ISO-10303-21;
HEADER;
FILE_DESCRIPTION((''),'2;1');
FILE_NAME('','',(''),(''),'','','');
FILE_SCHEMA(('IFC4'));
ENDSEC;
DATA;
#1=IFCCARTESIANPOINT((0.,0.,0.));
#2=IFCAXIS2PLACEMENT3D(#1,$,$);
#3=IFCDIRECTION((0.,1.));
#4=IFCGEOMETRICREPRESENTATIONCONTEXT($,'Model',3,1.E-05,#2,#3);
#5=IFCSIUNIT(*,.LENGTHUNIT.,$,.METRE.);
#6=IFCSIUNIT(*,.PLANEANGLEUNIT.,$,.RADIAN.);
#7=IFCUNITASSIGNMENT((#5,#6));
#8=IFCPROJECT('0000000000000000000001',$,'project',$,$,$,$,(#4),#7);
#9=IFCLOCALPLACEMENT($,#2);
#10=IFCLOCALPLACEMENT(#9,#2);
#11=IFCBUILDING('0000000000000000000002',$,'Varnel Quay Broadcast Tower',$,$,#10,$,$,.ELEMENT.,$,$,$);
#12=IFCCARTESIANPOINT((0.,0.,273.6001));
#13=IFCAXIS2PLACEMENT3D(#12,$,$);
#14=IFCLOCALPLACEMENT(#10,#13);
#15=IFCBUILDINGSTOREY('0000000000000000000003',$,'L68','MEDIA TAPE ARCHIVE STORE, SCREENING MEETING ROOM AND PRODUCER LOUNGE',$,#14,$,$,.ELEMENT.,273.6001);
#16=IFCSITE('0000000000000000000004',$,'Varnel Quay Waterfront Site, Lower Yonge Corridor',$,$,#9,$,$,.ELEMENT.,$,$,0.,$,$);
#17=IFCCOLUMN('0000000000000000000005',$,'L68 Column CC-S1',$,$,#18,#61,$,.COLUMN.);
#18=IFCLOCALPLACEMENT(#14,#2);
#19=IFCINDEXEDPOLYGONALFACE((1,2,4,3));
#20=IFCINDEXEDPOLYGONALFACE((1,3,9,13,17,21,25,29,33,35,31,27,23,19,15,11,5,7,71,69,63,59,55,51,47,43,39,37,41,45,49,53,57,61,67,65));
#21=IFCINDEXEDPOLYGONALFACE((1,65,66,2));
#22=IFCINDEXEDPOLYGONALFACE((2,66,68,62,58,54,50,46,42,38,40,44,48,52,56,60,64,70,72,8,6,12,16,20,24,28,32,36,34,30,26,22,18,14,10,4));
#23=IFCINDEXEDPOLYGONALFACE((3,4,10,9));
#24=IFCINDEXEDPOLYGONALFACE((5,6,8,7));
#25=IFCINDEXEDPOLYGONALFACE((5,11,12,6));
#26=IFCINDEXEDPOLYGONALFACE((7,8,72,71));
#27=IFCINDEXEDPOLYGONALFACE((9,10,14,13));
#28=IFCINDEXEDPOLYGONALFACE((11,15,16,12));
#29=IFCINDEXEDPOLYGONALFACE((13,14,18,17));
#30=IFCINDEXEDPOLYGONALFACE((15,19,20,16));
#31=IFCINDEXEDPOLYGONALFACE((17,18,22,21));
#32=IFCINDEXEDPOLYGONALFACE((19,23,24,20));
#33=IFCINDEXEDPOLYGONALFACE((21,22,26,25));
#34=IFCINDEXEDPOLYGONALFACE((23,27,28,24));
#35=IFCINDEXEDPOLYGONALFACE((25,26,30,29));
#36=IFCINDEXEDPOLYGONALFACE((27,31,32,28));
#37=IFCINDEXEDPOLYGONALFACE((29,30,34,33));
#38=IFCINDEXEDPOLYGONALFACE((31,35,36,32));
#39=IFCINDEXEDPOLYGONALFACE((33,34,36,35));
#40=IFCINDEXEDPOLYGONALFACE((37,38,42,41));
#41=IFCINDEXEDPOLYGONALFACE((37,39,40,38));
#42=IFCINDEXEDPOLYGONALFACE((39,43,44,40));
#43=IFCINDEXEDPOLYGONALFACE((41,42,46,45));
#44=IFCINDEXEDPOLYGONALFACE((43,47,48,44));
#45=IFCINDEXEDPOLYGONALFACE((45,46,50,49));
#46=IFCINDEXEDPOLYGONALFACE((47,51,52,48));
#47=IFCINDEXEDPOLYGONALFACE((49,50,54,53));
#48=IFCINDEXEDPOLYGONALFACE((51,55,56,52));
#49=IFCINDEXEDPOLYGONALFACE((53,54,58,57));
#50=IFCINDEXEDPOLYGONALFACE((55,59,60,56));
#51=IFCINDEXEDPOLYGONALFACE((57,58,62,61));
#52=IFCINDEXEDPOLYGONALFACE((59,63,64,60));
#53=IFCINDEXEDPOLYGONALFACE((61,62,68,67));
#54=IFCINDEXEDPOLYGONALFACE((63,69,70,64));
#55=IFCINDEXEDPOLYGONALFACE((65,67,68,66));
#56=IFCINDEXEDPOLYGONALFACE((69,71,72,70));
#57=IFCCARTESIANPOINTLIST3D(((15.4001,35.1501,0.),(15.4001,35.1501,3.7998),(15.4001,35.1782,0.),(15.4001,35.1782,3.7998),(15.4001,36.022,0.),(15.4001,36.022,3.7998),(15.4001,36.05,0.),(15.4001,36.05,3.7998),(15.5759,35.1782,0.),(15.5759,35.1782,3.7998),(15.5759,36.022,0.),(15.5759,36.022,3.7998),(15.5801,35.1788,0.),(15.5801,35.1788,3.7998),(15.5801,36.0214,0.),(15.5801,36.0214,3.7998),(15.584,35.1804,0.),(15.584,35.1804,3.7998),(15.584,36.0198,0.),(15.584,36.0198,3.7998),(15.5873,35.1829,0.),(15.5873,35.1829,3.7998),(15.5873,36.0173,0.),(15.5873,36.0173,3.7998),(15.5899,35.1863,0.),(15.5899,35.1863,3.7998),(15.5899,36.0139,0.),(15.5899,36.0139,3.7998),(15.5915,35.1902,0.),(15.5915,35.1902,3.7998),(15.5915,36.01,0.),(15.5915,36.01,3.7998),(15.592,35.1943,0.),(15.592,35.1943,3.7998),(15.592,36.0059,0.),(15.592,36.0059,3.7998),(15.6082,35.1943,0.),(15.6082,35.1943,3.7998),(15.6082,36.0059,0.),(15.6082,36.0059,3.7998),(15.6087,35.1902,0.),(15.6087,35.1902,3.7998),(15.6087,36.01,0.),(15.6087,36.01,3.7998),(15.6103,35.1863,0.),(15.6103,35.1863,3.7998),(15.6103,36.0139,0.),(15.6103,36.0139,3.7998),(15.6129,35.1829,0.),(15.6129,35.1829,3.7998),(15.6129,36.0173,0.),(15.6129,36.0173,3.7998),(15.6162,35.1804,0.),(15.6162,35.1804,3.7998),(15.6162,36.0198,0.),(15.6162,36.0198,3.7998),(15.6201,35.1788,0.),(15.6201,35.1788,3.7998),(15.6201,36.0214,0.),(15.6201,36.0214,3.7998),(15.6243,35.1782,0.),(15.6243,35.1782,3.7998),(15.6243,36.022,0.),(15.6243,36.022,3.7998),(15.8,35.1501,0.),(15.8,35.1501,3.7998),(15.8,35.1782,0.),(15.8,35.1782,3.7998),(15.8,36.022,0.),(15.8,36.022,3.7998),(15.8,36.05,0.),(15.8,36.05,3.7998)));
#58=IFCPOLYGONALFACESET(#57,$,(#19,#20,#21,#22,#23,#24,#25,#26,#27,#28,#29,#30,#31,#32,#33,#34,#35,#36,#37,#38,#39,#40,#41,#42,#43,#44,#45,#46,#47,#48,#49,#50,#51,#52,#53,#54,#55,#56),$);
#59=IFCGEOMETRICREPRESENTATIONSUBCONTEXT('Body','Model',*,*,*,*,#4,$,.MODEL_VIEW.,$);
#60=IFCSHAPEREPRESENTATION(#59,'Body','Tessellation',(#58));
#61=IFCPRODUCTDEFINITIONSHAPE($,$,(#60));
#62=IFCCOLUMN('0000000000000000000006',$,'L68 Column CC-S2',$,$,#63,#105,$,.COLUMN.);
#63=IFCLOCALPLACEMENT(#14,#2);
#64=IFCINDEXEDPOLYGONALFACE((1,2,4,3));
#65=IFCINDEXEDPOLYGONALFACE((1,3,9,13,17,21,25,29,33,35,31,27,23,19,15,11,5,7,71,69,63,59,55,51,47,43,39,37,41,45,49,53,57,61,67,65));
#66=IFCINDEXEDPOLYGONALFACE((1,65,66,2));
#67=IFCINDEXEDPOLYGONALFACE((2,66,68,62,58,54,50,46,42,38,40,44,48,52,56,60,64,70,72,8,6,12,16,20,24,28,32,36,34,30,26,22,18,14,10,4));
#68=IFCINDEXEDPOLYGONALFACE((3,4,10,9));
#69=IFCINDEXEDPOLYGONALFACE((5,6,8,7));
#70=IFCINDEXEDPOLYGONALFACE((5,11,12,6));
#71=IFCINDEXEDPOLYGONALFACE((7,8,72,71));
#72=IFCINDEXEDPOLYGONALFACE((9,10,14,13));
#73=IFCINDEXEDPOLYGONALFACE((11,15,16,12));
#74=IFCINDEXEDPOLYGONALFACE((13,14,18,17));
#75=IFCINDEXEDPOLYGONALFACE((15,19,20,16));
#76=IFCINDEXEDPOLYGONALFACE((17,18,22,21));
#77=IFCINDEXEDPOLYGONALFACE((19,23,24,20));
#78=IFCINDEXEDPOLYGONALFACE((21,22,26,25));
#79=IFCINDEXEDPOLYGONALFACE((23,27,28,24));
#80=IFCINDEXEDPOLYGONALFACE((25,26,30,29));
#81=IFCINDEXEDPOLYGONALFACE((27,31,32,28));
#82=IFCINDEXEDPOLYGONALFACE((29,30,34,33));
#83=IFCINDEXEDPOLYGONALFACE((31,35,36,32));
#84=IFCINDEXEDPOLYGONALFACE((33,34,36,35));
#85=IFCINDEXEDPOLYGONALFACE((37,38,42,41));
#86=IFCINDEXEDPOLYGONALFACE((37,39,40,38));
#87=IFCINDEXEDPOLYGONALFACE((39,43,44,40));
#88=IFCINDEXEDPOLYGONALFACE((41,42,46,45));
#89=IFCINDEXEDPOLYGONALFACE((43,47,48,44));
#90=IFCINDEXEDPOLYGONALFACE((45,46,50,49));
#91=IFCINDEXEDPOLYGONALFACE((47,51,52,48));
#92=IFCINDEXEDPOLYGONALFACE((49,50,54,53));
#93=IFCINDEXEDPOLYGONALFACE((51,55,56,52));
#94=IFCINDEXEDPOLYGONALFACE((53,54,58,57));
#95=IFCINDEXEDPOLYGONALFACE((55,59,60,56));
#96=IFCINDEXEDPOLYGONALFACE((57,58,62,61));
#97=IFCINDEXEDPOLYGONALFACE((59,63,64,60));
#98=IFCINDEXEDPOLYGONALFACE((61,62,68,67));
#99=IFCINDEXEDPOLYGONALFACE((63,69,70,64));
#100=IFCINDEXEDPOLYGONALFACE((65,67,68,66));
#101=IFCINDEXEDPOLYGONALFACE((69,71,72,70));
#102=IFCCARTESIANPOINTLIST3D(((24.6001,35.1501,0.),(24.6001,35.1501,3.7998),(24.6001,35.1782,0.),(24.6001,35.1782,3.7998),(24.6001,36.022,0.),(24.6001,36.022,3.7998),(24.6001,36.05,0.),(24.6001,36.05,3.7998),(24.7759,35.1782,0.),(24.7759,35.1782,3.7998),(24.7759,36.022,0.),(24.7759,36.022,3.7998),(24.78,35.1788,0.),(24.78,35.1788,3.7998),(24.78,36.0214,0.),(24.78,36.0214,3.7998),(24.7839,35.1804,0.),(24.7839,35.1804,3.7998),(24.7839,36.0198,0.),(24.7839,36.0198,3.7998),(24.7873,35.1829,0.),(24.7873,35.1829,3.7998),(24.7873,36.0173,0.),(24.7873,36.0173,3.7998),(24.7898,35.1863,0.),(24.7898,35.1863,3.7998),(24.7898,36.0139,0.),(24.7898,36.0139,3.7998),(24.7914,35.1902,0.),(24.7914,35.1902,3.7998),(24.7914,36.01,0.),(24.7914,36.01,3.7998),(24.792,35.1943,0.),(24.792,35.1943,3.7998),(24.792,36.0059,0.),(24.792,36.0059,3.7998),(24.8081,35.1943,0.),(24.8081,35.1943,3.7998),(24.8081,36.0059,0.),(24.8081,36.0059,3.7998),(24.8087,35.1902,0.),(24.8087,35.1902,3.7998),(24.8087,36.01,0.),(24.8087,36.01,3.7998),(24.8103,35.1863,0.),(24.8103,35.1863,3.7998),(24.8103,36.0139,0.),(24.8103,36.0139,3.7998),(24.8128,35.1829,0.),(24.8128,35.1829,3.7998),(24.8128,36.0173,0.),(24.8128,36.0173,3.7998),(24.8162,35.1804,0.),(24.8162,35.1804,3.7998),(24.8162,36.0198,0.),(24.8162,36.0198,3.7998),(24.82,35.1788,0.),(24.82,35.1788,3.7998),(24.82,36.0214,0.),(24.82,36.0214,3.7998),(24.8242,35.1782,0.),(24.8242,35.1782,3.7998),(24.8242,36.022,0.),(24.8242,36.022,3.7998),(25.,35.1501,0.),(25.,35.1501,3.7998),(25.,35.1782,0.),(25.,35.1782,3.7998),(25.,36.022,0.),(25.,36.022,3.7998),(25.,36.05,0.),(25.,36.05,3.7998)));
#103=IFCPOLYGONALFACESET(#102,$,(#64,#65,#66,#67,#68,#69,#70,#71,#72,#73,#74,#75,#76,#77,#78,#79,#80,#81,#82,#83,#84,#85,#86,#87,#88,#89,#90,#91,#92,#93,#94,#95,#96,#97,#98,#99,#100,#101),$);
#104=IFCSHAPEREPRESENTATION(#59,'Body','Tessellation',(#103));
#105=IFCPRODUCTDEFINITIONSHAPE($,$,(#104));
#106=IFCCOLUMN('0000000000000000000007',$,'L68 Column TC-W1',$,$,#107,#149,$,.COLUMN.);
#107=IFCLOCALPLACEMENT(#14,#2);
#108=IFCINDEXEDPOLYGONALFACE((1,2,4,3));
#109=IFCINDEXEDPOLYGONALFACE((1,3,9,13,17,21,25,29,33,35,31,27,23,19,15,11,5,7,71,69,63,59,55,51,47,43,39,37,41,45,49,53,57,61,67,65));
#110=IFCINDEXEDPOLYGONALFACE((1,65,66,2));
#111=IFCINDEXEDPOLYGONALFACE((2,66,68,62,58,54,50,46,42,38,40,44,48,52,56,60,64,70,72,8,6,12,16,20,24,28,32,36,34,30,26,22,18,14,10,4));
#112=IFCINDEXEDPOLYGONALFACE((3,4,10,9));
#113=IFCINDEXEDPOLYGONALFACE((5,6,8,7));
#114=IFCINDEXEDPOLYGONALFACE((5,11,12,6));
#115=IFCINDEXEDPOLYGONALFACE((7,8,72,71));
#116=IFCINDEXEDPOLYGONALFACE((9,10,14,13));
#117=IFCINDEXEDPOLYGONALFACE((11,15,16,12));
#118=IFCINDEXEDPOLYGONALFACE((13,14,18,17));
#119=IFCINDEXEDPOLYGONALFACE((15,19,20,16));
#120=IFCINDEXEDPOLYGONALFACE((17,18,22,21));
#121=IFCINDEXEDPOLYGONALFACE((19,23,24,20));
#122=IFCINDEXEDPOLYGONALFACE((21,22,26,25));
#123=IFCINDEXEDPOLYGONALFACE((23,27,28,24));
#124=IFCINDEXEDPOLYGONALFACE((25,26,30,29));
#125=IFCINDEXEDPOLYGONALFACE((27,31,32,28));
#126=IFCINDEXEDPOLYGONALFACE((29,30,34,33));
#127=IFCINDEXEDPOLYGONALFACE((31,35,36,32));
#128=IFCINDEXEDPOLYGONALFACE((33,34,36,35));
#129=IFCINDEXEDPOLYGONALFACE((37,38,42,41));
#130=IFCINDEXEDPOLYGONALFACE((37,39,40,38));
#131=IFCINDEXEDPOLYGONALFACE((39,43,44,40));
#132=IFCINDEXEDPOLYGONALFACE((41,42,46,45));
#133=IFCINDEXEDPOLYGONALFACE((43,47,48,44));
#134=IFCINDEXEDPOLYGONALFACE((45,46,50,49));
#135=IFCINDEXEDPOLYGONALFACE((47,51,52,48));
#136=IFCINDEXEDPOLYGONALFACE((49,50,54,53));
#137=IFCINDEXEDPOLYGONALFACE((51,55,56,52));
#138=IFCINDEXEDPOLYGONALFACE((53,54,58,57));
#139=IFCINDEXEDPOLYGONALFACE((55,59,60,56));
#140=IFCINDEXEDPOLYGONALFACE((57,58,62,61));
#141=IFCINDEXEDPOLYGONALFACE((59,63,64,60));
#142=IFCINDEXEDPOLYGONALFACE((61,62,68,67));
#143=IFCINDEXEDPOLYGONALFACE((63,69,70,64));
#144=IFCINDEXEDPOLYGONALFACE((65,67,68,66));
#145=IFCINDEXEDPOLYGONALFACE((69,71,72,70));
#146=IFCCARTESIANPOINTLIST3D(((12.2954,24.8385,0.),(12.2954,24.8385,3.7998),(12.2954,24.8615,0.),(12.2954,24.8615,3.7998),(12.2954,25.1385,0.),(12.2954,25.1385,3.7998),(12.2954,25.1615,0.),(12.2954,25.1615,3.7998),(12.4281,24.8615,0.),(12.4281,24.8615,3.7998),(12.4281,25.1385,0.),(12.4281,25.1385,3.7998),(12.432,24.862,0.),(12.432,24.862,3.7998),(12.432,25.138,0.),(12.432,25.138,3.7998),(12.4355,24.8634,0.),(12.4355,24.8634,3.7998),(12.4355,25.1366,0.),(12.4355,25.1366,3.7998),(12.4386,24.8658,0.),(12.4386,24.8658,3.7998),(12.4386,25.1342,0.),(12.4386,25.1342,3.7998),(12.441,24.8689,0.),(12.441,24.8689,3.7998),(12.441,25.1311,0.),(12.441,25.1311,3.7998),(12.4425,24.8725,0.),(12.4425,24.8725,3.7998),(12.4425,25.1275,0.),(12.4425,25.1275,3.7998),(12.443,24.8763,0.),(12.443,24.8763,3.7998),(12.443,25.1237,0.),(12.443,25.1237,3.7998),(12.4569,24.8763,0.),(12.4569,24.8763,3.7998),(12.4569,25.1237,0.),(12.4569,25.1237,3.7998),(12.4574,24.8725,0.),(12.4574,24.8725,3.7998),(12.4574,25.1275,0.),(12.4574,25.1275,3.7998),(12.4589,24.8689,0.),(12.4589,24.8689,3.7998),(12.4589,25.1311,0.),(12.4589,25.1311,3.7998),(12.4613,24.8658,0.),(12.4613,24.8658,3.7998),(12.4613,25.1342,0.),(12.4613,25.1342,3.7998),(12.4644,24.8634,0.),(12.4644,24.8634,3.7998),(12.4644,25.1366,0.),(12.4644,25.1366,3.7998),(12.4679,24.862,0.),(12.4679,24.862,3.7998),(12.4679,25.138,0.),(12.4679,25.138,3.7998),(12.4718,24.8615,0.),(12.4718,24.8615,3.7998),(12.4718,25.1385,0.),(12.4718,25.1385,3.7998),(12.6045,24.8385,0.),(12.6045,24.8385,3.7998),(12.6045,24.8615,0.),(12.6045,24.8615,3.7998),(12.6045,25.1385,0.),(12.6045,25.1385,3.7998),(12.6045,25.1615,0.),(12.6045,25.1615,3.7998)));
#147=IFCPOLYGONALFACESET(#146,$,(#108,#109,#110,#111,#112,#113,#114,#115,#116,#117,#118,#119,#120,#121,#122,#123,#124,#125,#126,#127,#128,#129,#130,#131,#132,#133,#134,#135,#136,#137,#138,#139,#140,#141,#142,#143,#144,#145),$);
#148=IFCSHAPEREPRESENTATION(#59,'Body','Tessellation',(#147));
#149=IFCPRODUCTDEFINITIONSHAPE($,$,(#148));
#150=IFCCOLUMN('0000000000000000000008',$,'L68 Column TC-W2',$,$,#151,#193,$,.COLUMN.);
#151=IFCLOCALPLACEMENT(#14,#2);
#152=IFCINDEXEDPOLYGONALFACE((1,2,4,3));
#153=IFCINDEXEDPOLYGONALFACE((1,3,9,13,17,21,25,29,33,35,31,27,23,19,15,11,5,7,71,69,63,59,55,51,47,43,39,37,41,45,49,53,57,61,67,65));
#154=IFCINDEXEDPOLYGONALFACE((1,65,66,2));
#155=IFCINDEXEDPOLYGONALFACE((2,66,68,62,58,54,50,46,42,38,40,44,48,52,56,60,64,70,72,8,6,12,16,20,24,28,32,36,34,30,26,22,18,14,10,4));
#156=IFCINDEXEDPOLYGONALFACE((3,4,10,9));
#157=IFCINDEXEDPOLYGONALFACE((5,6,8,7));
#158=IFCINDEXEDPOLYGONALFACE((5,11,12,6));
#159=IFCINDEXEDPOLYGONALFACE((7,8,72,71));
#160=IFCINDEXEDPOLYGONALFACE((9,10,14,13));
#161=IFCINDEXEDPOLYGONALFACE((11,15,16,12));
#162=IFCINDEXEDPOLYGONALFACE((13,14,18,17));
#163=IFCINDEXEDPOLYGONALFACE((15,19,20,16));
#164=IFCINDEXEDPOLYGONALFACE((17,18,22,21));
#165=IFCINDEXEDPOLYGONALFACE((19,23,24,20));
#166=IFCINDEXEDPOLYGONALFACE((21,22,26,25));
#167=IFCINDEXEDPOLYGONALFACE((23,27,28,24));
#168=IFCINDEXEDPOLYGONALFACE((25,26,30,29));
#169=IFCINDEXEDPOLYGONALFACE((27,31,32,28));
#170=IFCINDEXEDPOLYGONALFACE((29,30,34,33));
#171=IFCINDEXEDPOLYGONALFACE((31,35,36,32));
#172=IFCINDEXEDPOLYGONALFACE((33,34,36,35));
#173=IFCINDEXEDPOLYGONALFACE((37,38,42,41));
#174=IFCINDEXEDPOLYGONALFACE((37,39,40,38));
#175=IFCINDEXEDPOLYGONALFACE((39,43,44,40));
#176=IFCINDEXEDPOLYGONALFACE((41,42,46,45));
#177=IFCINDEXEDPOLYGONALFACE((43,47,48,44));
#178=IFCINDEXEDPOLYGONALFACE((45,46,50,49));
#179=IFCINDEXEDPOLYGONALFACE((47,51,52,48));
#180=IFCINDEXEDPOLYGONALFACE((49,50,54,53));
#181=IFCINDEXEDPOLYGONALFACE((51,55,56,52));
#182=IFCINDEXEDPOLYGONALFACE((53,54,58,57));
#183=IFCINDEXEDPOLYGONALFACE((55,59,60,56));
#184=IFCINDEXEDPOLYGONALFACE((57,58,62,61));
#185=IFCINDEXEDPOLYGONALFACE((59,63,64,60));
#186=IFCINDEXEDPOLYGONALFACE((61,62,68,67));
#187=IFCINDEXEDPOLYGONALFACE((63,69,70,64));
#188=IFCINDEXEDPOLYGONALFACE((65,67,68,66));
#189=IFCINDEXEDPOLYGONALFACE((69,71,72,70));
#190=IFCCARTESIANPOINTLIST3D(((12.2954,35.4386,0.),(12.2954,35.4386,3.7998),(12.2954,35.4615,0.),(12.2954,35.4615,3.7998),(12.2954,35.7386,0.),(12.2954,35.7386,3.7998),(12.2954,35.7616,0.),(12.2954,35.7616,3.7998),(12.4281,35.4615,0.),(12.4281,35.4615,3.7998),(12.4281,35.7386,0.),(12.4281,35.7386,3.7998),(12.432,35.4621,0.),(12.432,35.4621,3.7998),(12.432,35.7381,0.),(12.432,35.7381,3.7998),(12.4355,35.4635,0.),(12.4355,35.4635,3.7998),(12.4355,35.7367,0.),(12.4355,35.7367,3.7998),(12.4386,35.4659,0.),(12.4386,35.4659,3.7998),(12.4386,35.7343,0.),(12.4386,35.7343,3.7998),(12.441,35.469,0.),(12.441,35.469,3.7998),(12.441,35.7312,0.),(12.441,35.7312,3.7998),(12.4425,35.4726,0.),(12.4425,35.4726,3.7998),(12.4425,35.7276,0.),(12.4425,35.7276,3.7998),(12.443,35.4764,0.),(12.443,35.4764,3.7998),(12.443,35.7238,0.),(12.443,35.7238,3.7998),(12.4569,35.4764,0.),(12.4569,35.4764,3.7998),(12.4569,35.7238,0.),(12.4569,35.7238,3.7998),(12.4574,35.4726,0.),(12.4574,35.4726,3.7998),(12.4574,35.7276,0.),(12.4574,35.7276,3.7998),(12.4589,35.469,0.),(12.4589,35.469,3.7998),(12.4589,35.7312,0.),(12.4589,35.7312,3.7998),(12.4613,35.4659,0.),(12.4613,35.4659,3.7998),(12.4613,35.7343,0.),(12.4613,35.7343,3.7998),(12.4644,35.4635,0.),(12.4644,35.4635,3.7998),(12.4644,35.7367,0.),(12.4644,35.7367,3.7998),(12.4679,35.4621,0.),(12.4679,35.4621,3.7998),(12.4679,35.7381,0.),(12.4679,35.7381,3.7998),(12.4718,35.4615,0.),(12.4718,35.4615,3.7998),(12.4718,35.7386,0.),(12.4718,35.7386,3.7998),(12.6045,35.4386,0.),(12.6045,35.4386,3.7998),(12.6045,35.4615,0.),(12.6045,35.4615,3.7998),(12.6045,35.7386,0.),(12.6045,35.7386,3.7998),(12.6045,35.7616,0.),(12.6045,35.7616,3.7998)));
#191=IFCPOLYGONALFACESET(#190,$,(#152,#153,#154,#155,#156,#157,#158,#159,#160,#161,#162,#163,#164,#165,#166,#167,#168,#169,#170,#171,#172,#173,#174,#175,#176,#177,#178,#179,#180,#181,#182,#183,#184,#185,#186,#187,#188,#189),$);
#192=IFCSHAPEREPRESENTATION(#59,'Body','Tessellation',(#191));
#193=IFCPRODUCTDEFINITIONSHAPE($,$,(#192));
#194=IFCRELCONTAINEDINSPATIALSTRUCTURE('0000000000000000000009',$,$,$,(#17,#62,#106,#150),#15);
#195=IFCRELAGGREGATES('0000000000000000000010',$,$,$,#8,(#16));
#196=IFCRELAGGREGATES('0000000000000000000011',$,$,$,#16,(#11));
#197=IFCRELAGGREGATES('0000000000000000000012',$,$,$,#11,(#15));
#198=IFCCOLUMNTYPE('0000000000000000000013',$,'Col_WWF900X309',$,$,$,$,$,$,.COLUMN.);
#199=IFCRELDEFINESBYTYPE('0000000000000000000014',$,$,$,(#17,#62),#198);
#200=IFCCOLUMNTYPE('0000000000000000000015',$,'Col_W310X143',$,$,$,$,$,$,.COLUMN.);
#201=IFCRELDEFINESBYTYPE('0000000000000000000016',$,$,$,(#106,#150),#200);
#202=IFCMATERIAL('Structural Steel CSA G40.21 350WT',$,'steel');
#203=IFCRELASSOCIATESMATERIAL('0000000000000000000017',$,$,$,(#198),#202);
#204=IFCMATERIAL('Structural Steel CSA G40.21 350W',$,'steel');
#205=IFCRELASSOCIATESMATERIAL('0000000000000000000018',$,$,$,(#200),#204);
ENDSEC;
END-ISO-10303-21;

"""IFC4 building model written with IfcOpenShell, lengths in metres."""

from ifc_helpers import new_model, si_unit, direction, frame, origin, origin_2d, place, context, subcontext, project, spatial, i_section, extrude, source, transform, mapped, material, material_profile, profile_set, type_object, type_shapes, element, save


model = new_model("IFC4")

# Units and contexts
model_context = context("Model", 3, precision=1e-05, world=origin(), true_north=direction((0.0, 1.0)))
body_context = subcontext(model_context, "Body", "Model", "MODEL_VIEW")
ifc_project = project(units=[si_unit("LENGTHUNIT", "METRE"), si_unit("PLANEANGLEUNIT", "RADIAN")], contexts=[model_context])

# Site, building, storey
site_placement = place(None, origin())
site = spatial("IfcSite", under=ifc_project, at=site_placement, Name="Varnel Quay Waterfront Site, Lower Yonge Corridor", CompositionType="ELEMENT", RefElevation=0.0)
building_placement = place(site_placement, origin())
building = spatial("IfcBuilding", under=site, at=building_placement, Name="Varnel Quay Broadcast Tower", CompositionType="ELEMENT")
storey_placement = place(building_placement, frame((0.0, 0.0, 273.6001)))
storey = spatial("IfcBuildingStorey", under=building, at=storey_placement, Name="L68", Description="MEDIA TAPE ARCHIVE STORE, SCREENING MEETING ROOM AND PRODUCER LOUNGE", CompositionType="ELEMENT", Elevation=273.6001)

# Columns
ifc_material_1 = material(Name="Structural Steel CSA G40.21 350WT", Category="steel")
ifc_material_profile_1 = material_profile(ifc_material_1, i_section(OverallWidth=0.3999, OverallDepth=0.8999, WebThickness=0.0161, FlangeThickness=0.0281, FilletRadius=0.0161, at=origin_2d()), Name="WWF900X309")
ifc_profile_set_1 = profile_set([ifc_material_profile_1], Name="Structural Steel CSA G40.21 350WT")
column_type_1 = type_object("IfcColumnType", Name="Col_WWF900X309", PredefinedType="COLUMN", material=ifc_profile_set_1)
shared_shape_1 = source(origin(), body_context, "Body", "SweptSolid", [
    extrude(i_section(OverallWidth=0.3999, OverallDepth=0.8999, WebThickness=0.0161, FlangeThickness=0.0281, FilletRadius=0.0161, at=origin_2d()), origin(), (0.0, 0.0, 1.0), 3.7998),
])
type_shapes(column_type_1, [shared_shape_1])
for number, where, z_axis, x_axis, name in (
    (1, (15.6001, 35.6001, 0.0), (0.0, 0.0, 1.0), (1.0, 0.0, 0.0), "L68 Column CC-S1"),
    (2, (24.8, 35.6001, 0.0), (0.0, 0.0, 1.0), (1.0, 0.0, 0.0), "L68 Column CC-S2"),
):
    element("IfcColumn", number, at=place(storey_placement, frame(where, z_axis=z_axis, x_axis=x_axis)), inside=storey, type_object=column_type_1, Name=name, PredefinedType="COLUMN", context=body_context, shape_type="MappedRepresentation", body=[
        mapped(shared_shape_1, transform((0.0, 0.0, 0.0), x_axis=(1.0, 0.0, 0.0), y_axis=(0.0, 1.0, 0.0), z_axis=(0.0, 0.0, 1.0), scale=1.0)),
    ])
ifc_material_2 = material(Name="Structural Steel CSA G40.21 350W", Category="steel")
ifc_material_profile_2 = material_profile(ifc_material_2, i_section(OverallWidth=0.3091, OverallDepth=0.323, WebThickness=0.0139, FlangeThickness=0.0229, FilletRadius=0.0149, at=origin_2d()), Name="W310X143")
ifc_profile_set_2 = profile_set([ifc_material_profile_2], Name="Structural Steel CSA G40.21 350W")
column_type_2 = type_object("IfcColumnType", Name="Col_W310X143", PredefinedType="COLUMN", material=ifc_profile_set_2)
shared_shape_2 = source(origin(), body_context, "Body", "SweptSolid", [
    extrude(i_section(OverallWidth=0.3091, OverallDepth=0.323, WebThickness=0.0139, FlangeThickness=0.0229, FilletRadius=0.0149, at=origin_2d()), origin(), (0.0, 0.0, 1.0), 3.7998),
])
type_shapes(column_type_2, [shared_shape_2])
for number, where, z_axis, x_axis, name in (
    (3, (12.45, 25.0, 0.0), (0.0, 0.0, 1.0), (1.0, 0.0, 0.0), "L68 Column TC-W1"),
    (4, (12.45, 35.6001, 0.0), (0.0, 0.0, 1.0), (1.0, 0.0, 0.0), "L68 Column TC-W2"),
):
    element("IfcColumn", number, at=place(storey_placement, frame(where, z_axis=z_axis, x_axis=x_axis)), inside=storey, type_object=column_type_2, Name=name, PredefinedType="COLUMN", context=body_context, shape_type="MappedRepresentation", body=[
        mapped(shared_shape_2, transform((0.0, 0.0, 0.0), x_axis=(1.0, 0.0, 0.0), y_axis=(0.0, 1.0, 0.0), z_axis=(0.0, 0.0, 1.0), scale=1.0)),
    ])

save(model, "model.ifc")
